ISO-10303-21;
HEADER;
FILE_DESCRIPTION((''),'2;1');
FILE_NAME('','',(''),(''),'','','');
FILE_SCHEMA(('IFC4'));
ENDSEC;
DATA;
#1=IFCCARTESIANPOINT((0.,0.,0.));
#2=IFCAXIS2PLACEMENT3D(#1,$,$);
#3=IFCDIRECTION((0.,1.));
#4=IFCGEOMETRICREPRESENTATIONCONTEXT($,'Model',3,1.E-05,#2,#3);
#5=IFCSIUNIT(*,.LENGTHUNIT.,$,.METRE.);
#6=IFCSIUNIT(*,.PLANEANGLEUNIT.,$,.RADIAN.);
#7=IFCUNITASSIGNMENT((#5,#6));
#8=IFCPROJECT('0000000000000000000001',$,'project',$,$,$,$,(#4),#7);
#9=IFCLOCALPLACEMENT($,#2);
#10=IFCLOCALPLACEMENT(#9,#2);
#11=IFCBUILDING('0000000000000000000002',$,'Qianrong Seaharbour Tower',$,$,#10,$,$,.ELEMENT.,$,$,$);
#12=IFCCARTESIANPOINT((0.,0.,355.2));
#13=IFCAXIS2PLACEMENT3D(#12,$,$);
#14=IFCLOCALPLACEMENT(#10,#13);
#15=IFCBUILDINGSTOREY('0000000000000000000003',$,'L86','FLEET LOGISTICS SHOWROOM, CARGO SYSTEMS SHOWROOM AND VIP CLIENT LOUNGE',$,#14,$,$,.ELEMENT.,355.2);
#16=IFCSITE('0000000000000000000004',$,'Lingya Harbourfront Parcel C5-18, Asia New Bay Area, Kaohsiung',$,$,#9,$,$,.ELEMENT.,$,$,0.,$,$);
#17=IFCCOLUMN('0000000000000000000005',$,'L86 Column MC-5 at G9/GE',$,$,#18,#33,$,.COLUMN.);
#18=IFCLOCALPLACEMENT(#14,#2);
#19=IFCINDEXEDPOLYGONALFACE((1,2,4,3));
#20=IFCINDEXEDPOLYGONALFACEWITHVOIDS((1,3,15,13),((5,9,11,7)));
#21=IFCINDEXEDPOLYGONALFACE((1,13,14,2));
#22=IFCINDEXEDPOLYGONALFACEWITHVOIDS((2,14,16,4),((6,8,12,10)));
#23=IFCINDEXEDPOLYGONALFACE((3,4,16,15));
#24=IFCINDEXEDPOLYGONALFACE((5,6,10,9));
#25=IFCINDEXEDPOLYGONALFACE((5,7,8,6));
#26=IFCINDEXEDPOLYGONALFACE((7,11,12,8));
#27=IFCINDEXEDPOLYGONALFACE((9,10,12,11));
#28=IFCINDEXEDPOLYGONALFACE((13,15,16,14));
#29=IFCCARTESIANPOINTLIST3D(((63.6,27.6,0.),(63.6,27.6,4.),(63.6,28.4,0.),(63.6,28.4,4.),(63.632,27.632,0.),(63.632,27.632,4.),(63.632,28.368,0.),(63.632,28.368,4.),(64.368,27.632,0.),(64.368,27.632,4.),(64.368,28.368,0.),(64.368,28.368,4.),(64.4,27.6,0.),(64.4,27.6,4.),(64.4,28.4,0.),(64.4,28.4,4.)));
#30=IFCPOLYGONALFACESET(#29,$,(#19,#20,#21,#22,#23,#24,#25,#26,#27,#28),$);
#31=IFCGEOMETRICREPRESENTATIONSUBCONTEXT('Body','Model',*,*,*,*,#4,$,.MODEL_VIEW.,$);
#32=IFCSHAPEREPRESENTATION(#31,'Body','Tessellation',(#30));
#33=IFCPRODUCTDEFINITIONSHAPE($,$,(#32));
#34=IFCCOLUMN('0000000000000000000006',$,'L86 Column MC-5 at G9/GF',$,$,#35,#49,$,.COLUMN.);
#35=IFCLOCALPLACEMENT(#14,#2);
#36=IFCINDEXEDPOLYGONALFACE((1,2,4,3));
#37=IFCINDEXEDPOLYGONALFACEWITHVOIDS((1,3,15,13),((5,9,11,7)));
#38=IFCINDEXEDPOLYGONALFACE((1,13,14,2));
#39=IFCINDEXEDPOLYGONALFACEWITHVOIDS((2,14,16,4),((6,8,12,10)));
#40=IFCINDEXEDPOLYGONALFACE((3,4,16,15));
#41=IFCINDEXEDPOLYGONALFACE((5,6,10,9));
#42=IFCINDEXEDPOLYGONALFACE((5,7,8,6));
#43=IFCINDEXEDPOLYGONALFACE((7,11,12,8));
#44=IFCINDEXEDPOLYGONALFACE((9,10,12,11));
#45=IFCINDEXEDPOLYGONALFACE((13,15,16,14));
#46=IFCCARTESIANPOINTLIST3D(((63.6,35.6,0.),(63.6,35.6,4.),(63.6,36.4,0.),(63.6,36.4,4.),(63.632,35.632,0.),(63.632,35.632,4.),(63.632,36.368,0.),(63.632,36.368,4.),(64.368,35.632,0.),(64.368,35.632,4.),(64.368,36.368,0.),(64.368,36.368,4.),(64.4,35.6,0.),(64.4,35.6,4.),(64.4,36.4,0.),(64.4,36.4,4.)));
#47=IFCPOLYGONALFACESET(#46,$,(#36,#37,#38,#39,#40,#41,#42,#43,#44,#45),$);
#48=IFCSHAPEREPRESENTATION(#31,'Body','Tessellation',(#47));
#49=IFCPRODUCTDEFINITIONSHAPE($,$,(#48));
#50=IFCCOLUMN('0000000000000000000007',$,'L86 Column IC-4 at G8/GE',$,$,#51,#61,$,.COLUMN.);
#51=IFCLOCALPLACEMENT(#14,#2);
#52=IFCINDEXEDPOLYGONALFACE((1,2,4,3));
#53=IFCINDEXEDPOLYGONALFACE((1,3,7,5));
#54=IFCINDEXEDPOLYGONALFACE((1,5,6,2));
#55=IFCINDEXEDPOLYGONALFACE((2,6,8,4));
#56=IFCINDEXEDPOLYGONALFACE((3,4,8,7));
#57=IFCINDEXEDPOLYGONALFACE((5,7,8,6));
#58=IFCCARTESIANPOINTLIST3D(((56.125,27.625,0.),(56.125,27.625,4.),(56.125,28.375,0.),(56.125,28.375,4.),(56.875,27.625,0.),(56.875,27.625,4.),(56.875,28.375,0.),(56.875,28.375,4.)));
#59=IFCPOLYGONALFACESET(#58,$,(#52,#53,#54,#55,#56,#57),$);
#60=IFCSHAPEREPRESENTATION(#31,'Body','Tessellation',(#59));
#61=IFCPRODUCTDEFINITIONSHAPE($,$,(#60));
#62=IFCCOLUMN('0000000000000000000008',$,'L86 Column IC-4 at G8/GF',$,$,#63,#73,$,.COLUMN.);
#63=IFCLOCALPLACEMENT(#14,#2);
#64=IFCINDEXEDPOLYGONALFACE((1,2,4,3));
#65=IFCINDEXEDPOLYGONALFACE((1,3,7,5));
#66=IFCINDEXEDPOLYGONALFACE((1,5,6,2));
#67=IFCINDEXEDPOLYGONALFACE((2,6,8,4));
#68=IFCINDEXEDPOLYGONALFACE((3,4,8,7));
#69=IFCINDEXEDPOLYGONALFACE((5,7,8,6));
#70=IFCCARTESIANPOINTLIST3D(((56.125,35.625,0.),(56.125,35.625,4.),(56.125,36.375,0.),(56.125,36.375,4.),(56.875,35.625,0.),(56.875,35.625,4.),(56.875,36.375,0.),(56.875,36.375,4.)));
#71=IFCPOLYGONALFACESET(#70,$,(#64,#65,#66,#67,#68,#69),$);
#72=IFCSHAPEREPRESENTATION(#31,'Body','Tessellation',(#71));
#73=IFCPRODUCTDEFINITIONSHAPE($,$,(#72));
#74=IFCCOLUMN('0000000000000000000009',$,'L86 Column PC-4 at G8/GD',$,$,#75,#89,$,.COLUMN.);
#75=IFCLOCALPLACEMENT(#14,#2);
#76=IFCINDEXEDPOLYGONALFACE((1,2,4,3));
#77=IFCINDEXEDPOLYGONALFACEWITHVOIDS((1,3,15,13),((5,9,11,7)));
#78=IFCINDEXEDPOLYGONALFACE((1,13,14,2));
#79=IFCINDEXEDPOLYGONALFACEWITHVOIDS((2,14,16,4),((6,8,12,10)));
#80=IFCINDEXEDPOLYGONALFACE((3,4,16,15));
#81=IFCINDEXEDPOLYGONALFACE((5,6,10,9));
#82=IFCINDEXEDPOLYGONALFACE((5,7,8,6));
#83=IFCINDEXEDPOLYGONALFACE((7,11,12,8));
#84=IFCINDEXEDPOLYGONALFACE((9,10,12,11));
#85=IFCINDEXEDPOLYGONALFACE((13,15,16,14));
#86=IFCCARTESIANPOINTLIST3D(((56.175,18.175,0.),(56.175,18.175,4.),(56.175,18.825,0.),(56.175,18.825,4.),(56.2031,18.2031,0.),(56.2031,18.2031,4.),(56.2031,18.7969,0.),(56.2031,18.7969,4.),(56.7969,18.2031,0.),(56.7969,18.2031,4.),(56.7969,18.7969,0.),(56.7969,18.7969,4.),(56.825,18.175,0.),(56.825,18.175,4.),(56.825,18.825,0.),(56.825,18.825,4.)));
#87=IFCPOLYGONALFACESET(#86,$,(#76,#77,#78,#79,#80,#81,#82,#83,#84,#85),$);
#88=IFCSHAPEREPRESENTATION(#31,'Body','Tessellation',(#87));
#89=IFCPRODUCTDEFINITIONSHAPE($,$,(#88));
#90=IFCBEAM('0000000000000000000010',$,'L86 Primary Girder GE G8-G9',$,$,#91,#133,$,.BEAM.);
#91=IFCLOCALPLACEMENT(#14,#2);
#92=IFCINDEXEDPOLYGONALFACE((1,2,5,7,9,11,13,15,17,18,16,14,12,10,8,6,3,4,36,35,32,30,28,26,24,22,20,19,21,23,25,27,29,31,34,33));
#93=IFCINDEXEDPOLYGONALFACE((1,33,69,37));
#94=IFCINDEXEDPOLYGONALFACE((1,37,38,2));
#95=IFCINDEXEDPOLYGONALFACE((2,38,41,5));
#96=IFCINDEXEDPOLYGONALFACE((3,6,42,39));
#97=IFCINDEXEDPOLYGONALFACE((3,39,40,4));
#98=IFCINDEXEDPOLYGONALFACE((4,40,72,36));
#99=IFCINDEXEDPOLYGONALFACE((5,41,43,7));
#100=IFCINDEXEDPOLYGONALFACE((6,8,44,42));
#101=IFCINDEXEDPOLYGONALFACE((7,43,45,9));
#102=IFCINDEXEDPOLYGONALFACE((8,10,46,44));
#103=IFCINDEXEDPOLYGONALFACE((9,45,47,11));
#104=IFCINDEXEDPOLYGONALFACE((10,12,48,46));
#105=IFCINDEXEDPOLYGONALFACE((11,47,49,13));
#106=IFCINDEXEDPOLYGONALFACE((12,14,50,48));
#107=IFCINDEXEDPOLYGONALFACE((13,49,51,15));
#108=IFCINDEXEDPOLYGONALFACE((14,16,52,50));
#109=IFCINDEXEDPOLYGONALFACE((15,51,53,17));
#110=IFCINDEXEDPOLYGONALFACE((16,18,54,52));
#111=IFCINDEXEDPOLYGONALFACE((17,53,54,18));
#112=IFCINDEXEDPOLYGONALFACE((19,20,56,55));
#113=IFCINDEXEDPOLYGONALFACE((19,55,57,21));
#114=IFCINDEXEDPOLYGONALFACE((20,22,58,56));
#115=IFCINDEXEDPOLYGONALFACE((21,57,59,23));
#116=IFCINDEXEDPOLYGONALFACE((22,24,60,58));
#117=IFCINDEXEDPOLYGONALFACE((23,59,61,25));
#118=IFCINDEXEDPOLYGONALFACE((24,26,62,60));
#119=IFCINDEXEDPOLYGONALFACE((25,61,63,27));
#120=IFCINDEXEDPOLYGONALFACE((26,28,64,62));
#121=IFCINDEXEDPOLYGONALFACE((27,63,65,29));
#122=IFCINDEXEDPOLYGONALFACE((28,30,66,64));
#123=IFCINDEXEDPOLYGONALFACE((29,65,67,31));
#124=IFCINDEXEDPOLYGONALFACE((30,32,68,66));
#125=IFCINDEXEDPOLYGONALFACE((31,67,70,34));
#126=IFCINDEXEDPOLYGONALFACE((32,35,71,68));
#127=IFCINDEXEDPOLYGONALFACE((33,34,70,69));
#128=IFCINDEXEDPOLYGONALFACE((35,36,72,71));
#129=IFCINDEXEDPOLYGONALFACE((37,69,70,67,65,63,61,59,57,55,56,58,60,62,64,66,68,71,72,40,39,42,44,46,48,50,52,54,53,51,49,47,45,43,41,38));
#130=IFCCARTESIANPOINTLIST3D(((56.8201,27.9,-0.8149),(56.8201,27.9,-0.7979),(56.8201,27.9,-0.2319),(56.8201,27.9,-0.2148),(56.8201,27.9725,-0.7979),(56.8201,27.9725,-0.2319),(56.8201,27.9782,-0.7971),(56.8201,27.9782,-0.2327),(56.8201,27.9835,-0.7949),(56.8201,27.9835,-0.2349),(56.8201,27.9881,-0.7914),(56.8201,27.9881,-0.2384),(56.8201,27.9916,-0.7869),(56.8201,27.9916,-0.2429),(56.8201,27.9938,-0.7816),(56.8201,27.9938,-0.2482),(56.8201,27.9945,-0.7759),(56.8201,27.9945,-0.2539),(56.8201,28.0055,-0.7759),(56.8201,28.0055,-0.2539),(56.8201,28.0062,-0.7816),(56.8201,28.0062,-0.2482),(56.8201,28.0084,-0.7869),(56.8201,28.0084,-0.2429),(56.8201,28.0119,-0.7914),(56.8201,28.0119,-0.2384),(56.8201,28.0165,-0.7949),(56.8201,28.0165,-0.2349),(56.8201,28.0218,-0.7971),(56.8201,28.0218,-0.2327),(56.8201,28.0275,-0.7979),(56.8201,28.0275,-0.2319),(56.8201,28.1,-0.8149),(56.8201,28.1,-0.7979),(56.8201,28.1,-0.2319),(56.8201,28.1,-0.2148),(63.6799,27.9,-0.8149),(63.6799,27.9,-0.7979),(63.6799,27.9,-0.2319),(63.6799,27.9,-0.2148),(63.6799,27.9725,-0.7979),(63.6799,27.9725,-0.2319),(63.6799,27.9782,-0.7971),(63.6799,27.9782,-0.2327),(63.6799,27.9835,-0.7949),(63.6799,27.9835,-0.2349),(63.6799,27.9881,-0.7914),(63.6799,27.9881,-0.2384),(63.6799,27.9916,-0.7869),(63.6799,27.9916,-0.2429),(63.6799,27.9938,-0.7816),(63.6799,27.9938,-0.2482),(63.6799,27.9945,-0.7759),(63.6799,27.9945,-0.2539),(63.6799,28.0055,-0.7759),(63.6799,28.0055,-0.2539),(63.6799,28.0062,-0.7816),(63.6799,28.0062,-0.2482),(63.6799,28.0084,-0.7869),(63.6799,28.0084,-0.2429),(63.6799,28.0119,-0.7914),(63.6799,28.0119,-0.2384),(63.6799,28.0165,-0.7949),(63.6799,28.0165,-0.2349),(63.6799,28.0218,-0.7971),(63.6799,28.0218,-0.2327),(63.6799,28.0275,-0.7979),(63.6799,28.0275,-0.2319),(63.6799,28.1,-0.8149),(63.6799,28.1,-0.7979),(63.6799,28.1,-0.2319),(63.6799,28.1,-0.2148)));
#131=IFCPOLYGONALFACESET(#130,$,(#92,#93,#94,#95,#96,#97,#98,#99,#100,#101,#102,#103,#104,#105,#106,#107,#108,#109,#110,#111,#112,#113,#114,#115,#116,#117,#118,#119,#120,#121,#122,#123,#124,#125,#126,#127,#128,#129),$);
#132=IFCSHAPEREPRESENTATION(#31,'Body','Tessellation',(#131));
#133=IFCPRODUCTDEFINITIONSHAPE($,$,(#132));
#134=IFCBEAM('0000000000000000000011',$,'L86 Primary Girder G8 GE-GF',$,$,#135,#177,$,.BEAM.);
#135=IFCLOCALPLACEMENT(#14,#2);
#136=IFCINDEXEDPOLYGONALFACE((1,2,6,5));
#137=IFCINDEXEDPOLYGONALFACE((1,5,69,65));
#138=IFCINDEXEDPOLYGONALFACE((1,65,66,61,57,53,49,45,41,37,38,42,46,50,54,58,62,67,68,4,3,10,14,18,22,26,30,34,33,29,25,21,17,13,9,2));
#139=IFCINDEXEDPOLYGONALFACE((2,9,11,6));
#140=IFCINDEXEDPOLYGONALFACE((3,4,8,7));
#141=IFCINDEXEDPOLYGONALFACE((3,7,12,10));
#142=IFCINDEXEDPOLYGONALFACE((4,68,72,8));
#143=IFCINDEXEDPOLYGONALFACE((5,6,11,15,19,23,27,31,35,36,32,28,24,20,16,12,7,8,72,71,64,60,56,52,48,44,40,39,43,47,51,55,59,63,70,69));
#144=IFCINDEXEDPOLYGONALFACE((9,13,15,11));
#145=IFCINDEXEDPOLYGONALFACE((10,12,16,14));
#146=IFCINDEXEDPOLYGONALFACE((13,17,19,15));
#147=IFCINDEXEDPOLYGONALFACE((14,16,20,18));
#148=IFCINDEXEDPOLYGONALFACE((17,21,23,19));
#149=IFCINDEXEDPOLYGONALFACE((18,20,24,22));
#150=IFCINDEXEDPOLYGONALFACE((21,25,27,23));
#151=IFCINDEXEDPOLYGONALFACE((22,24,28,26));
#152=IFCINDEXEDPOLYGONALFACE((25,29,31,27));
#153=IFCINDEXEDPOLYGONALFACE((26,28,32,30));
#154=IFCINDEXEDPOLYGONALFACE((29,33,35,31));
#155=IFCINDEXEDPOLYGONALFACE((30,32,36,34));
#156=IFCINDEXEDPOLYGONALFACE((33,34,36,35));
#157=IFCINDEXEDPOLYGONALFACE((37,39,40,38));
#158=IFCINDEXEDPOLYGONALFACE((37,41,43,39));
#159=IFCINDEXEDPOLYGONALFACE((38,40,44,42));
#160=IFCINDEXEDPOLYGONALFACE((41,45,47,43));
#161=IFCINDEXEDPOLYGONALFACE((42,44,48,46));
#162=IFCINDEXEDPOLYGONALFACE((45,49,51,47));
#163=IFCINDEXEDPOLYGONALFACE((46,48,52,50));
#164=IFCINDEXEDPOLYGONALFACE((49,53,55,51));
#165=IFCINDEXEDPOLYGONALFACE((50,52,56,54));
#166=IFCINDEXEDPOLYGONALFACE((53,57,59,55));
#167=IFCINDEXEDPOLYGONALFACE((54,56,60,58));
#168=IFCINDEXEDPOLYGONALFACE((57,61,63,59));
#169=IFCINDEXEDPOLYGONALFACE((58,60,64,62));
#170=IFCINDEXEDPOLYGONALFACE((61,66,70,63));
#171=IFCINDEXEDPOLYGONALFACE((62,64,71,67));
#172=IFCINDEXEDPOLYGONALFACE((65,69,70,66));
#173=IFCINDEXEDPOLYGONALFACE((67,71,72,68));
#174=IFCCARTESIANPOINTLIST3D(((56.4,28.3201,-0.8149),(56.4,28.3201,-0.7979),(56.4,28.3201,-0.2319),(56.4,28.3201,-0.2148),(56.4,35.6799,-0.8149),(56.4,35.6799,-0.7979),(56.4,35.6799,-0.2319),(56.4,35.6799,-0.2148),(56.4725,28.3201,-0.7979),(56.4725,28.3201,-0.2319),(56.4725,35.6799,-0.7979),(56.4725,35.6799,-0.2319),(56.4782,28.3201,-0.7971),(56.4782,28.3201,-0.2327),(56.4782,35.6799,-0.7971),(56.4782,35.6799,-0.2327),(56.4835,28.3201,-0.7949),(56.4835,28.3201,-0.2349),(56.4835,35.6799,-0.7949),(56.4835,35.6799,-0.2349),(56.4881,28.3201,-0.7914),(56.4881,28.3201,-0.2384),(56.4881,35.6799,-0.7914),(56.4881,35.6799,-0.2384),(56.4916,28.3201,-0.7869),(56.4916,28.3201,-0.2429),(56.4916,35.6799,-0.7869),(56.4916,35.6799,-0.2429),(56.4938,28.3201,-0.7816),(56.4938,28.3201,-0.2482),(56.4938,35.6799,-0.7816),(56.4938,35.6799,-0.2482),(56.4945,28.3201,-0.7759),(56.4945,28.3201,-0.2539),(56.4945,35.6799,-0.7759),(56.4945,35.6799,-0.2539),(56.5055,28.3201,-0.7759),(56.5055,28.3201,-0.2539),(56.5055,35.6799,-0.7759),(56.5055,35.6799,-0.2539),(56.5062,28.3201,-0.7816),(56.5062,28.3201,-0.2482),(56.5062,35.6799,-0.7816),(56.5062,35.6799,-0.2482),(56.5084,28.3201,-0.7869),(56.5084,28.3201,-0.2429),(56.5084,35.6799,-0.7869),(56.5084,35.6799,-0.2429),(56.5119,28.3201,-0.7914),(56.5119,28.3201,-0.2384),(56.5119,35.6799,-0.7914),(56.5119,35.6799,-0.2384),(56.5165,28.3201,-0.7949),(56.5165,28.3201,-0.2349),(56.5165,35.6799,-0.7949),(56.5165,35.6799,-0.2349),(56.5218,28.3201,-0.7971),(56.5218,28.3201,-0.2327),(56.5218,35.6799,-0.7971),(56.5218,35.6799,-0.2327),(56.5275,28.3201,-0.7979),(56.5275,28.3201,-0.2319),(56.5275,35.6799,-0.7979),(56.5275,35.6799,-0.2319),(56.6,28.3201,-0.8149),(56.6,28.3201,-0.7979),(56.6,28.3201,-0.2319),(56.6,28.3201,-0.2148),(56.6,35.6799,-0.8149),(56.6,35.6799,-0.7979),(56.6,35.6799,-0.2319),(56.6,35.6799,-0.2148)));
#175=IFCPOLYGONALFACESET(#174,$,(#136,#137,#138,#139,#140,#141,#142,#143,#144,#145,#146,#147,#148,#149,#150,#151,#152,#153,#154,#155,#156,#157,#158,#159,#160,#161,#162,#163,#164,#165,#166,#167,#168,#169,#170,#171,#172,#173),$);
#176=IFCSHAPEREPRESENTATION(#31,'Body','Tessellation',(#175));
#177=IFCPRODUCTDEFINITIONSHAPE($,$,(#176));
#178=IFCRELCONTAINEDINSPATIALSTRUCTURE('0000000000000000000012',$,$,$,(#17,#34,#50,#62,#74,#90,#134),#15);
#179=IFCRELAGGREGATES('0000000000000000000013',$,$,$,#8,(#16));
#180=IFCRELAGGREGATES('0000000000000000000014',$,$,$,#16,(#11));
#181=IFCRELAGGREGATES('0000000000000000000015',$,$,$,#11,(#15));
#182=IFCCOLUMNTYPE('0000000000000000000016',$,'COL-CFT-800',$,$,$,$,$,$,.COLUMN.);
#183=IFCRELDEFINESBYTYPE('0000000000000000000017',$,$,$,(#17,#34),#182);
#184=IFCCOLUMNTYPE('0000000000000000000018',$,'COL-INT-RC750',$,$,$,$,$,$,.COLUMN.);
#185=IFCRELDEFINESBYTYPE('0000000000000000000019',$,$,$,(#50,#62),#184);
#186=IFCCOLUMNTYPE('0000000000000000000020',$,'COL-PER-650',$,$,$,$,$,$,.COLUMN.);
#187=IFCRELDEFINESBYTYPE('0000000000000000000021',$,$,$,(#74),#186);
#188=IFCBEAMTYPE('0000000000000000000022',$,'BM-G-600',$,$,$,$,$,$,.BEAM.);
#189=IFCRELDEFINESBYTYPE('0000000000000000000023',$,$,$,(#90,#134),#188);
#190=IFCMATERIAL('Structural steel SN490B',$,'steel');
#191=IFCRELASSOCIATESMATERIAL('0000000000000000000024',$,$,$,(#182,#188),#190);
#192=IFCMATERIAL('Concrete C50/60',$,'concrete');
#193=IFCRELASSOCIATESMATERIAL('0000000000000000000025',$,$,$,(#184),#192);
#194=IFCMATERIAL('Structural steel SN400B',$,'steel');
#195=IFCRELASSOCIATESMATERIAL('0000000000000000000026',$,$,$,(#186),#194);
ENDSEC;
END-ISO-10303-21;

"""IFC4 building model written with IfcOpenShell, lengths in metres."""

from ifc_helpers import new_model, si_unit, direction, frame, origin, origin_2d, place, context, subcontext, project, spatial, rectangle, hollow_rectangle, i_section, extrude, material, material_profile, profile_set, type_object, element, save


model = new_model("IFC4")

# Units and contexts
model_context = context("Model", 3, precision=1e-05, world=origin(), true_north=direction((0.0, 1.0)))
body_context = subcontext(model_context, "Body", "Model", "MODEL_VIEW")
ifc_project = project(units=[si_unit("LENGTHUNIT", "METRE"), si_unit("PLANEANGLEUNIT", "RADIAN")], contexts=[model_context])

# Site, building, storey
site_placement = place(None, origin())
site = spatial("IfcSite", under=ifc_project, at=site_placement, Name="Lingya Harbourfront Parcel C5-18, Asia New Bay Area, Kaohsiung", CompositionType="ELEMENT", RefElevation=0.0)
building_placement = place(site_placement, origin())
building = spatial("IfcBuilding", under=site, at=building_placement, Name="Qianrong Seaharbour Tower", CompositionType="ELEMENT")
storey_placement = place(building_placement, frame((0.0, 0.0, 355.2)))
storey = spatial("IfcBuildingStorey", under=building, at=storey_placement, Name="L86", Description="FLEET LOGISTICS SHOWROOM, CARGO SYSTEMS SHOWROOM AND VIP CLIENT LOUNGE", CompositionType="ELEMENT", Elevation=355.2)

# Columns
ifc_material_1 = material(Name="Structural steel SN490B", Category="steel")
ifc_material_profile_1 = material_profile(ifc_material_1, hollow_rectangle(XDim=0.8, YDim=0.8, WallThickness=0.032, at=origin_2d()), Name="BOX800x800x32")
ifc_profile_set_1 = profile_set([ifc_material_profile_1], Name="Structural steel SN490B")
column_type_1 = type_object("IfcColumnType", Name="COL-CFT-800", PredefinedType="COLUMN", material=ifc_profile_set_1)
for number, where, z_axis, x_axis, name in (
    (1, (64.0, 28.0, 0.0), (0.0, 0.0, 1.0), (1.0, 0.0, 0.0), "L86 Column MC-5 at G9/GE"),
    (2, (64.0, 36.0, 0.0), (0.0, 0.0, 1.0), (1.0, 0.0, 0.0), "L86 Column MC-5 at G9/GF"),
):
    element("IfcColumn", number, at=place(storey_placement, frame(where, z_axis=z_axis, x_axis=x_axis)), inside=storey, type_object=column_type_1, Name=name, PredefinedType="COLUMN", context=body_context, shape_type="SweptSolid", body=[
        extrude(hollow_rectangle(XDim=0.8, YDim=0.8, WallThickness=0.032, at=origin_2d()), origin(), (0.0, 0.0, 1.0), 4.0),
    ])
ifc_material_2 = material(Name="Concrete C50/60", Category="concrete")
ifc_material_profile_2 = material_profile(ifc_material_2, rectangle(XDim=0.75, YDim=0.75, at=origin_2d()), Name="RC750x750")
ifc_profile_set_2 = profile_set([ifc_material_profile_2], Name="Concrete C50/60")
column_type_2 = type_object("IfcColumnType", Name="COL-INT-RC750", PredefinedType="COLUMN", material=ifc_profile_set_2)
for number, where, z_axis, x_axis, name in (
    (3, (56.5, 28.0, 0.0), (0.0, 0.0, 1.0), (1.0, 0.0, 0.0), "L86 Column IC-4 at G8/GE"),
    (4, (56.5, 36.0, 0.0), (0.0, 0.0, 1.0), (1.0, 0.0, 0.0), "L86 Column IC-4 at G8/GF"),
):
    element("IfcColumn", number, at=place(storey_placement, frame(where, z_axis=z_axis, x_axis=x_axis)), inside=storey, type_object=column_type_2, Name=name, PredefinedType="COLUMN", context=body_context, shape_type="SweptSolid", body=[
        extrude(rectangle(XDim=0.75, YDim=0.75, at=origin_2d()), origin(), (0.0, 0.0, 1.0), 4.0),
    ])
ifc_material_3 = material(Name="Structural steel SN400B", Category="steel")
ifc_material_profile_3 = material_profile(ifc_material_3, hollow_rectangle(XDim=0.6499, YDim=0.6499, WallThickness=0.0281, at=origin_2d()), Name="BOX650x650x28")
ifc_profile_set_3 = profile_set([ifc_material_profile_3], Name="Structural steel SN400B")
column_type_3 = type_object("IfcColumnType", Name="COL-PER-650", PredefinedType="COLUMN", material=ifc_profile_set_3)
column_placement = place(storey_placement, frame((56.5, 18.5, 0.0), z_axis=(0.0, 0.0, 1.0), x_axis=(1.0, 0.0, 0.0)))
element("IfcColumn", 5, at=column_placement, inside=storey, type_object=column_type_3, Name="L86 Column PC-4 at G8/GD", PredefinedType="COLUMN", context=body_context, shape_type="SweptSolid", body=[
    extrude(hollow_rectangle(XDim=0.6499, YDim=0.6499, WallThickness=0.0281, at=origin_2d()), origin(), (0.0, 0.0, 1.0), 4.0),
])

# Beams
ifc_material_profile_4 = material_profile(ifc_material_1, i_section(OverallWidth=0.2, OverallDepth=0.6001, WebThickness=0.011, FlangeThickness=0.0171, FilletRadius=0.022, at=origin_2d()), Name="H600x200x11x17")
ifc_profile_set_4 = profile_set([ifc_material_profile_4], Name="Structural steel SN490B")
beam_type_1 = type_object("IfcBeamType", Name="BM-G-600", PredefinedType="BEAM", material=ifc_profile_set_4)
beam_1_placement = place(storey_placement, frame((56.8201, 28.0, -0.5149), z_axis=(1.0, 0.0, 0.0), x_axis=(0.0, 1.0, 0.0)))
element("IfcBeam", 6, at=beam_1_placement, inside=storey, type_object=beam_type_1, Name="L86 Primary Girder GE G8-G9", PredefinedType="BEAM", context=body_context, shape_type="SweptSolid", body=[
    extrude(i_section(OverallWidth=0.2, OverallDepth=0.6001, WebThickness=0.011, FlangeThickness=0.0171, FilletRadius=0.022, at=origin_2d()), origin(), (0.0, 0.0, 1.0), 6.8599),
])
beam_2_placement = place(storey_placement, frame((56.5, 28.3201, -0.5149), z_axis=(0.0, 1.0, 0.0), x_axis=(-1.0, 0.0, 0.0)))
element("IfcBeam", 7, at=beam_2_placement, inside=storey, type_object=beam_type_1, Name="L86 Primary Girder G8 GE-GF", PredefinedType="BEAM", context=body_context, shape_type="SweptSolid", body=[
    extrude(i_section(OverallWidth=0.2, OverallDepth=0.6001, WebThickness=0.011, FlangeThickness=0.0171, FilletRadius=0.022, at=origin_2d()), origin(), (0.0, 0.0, 1.0), 7.3599),
])

save(model, "model.ifc")
